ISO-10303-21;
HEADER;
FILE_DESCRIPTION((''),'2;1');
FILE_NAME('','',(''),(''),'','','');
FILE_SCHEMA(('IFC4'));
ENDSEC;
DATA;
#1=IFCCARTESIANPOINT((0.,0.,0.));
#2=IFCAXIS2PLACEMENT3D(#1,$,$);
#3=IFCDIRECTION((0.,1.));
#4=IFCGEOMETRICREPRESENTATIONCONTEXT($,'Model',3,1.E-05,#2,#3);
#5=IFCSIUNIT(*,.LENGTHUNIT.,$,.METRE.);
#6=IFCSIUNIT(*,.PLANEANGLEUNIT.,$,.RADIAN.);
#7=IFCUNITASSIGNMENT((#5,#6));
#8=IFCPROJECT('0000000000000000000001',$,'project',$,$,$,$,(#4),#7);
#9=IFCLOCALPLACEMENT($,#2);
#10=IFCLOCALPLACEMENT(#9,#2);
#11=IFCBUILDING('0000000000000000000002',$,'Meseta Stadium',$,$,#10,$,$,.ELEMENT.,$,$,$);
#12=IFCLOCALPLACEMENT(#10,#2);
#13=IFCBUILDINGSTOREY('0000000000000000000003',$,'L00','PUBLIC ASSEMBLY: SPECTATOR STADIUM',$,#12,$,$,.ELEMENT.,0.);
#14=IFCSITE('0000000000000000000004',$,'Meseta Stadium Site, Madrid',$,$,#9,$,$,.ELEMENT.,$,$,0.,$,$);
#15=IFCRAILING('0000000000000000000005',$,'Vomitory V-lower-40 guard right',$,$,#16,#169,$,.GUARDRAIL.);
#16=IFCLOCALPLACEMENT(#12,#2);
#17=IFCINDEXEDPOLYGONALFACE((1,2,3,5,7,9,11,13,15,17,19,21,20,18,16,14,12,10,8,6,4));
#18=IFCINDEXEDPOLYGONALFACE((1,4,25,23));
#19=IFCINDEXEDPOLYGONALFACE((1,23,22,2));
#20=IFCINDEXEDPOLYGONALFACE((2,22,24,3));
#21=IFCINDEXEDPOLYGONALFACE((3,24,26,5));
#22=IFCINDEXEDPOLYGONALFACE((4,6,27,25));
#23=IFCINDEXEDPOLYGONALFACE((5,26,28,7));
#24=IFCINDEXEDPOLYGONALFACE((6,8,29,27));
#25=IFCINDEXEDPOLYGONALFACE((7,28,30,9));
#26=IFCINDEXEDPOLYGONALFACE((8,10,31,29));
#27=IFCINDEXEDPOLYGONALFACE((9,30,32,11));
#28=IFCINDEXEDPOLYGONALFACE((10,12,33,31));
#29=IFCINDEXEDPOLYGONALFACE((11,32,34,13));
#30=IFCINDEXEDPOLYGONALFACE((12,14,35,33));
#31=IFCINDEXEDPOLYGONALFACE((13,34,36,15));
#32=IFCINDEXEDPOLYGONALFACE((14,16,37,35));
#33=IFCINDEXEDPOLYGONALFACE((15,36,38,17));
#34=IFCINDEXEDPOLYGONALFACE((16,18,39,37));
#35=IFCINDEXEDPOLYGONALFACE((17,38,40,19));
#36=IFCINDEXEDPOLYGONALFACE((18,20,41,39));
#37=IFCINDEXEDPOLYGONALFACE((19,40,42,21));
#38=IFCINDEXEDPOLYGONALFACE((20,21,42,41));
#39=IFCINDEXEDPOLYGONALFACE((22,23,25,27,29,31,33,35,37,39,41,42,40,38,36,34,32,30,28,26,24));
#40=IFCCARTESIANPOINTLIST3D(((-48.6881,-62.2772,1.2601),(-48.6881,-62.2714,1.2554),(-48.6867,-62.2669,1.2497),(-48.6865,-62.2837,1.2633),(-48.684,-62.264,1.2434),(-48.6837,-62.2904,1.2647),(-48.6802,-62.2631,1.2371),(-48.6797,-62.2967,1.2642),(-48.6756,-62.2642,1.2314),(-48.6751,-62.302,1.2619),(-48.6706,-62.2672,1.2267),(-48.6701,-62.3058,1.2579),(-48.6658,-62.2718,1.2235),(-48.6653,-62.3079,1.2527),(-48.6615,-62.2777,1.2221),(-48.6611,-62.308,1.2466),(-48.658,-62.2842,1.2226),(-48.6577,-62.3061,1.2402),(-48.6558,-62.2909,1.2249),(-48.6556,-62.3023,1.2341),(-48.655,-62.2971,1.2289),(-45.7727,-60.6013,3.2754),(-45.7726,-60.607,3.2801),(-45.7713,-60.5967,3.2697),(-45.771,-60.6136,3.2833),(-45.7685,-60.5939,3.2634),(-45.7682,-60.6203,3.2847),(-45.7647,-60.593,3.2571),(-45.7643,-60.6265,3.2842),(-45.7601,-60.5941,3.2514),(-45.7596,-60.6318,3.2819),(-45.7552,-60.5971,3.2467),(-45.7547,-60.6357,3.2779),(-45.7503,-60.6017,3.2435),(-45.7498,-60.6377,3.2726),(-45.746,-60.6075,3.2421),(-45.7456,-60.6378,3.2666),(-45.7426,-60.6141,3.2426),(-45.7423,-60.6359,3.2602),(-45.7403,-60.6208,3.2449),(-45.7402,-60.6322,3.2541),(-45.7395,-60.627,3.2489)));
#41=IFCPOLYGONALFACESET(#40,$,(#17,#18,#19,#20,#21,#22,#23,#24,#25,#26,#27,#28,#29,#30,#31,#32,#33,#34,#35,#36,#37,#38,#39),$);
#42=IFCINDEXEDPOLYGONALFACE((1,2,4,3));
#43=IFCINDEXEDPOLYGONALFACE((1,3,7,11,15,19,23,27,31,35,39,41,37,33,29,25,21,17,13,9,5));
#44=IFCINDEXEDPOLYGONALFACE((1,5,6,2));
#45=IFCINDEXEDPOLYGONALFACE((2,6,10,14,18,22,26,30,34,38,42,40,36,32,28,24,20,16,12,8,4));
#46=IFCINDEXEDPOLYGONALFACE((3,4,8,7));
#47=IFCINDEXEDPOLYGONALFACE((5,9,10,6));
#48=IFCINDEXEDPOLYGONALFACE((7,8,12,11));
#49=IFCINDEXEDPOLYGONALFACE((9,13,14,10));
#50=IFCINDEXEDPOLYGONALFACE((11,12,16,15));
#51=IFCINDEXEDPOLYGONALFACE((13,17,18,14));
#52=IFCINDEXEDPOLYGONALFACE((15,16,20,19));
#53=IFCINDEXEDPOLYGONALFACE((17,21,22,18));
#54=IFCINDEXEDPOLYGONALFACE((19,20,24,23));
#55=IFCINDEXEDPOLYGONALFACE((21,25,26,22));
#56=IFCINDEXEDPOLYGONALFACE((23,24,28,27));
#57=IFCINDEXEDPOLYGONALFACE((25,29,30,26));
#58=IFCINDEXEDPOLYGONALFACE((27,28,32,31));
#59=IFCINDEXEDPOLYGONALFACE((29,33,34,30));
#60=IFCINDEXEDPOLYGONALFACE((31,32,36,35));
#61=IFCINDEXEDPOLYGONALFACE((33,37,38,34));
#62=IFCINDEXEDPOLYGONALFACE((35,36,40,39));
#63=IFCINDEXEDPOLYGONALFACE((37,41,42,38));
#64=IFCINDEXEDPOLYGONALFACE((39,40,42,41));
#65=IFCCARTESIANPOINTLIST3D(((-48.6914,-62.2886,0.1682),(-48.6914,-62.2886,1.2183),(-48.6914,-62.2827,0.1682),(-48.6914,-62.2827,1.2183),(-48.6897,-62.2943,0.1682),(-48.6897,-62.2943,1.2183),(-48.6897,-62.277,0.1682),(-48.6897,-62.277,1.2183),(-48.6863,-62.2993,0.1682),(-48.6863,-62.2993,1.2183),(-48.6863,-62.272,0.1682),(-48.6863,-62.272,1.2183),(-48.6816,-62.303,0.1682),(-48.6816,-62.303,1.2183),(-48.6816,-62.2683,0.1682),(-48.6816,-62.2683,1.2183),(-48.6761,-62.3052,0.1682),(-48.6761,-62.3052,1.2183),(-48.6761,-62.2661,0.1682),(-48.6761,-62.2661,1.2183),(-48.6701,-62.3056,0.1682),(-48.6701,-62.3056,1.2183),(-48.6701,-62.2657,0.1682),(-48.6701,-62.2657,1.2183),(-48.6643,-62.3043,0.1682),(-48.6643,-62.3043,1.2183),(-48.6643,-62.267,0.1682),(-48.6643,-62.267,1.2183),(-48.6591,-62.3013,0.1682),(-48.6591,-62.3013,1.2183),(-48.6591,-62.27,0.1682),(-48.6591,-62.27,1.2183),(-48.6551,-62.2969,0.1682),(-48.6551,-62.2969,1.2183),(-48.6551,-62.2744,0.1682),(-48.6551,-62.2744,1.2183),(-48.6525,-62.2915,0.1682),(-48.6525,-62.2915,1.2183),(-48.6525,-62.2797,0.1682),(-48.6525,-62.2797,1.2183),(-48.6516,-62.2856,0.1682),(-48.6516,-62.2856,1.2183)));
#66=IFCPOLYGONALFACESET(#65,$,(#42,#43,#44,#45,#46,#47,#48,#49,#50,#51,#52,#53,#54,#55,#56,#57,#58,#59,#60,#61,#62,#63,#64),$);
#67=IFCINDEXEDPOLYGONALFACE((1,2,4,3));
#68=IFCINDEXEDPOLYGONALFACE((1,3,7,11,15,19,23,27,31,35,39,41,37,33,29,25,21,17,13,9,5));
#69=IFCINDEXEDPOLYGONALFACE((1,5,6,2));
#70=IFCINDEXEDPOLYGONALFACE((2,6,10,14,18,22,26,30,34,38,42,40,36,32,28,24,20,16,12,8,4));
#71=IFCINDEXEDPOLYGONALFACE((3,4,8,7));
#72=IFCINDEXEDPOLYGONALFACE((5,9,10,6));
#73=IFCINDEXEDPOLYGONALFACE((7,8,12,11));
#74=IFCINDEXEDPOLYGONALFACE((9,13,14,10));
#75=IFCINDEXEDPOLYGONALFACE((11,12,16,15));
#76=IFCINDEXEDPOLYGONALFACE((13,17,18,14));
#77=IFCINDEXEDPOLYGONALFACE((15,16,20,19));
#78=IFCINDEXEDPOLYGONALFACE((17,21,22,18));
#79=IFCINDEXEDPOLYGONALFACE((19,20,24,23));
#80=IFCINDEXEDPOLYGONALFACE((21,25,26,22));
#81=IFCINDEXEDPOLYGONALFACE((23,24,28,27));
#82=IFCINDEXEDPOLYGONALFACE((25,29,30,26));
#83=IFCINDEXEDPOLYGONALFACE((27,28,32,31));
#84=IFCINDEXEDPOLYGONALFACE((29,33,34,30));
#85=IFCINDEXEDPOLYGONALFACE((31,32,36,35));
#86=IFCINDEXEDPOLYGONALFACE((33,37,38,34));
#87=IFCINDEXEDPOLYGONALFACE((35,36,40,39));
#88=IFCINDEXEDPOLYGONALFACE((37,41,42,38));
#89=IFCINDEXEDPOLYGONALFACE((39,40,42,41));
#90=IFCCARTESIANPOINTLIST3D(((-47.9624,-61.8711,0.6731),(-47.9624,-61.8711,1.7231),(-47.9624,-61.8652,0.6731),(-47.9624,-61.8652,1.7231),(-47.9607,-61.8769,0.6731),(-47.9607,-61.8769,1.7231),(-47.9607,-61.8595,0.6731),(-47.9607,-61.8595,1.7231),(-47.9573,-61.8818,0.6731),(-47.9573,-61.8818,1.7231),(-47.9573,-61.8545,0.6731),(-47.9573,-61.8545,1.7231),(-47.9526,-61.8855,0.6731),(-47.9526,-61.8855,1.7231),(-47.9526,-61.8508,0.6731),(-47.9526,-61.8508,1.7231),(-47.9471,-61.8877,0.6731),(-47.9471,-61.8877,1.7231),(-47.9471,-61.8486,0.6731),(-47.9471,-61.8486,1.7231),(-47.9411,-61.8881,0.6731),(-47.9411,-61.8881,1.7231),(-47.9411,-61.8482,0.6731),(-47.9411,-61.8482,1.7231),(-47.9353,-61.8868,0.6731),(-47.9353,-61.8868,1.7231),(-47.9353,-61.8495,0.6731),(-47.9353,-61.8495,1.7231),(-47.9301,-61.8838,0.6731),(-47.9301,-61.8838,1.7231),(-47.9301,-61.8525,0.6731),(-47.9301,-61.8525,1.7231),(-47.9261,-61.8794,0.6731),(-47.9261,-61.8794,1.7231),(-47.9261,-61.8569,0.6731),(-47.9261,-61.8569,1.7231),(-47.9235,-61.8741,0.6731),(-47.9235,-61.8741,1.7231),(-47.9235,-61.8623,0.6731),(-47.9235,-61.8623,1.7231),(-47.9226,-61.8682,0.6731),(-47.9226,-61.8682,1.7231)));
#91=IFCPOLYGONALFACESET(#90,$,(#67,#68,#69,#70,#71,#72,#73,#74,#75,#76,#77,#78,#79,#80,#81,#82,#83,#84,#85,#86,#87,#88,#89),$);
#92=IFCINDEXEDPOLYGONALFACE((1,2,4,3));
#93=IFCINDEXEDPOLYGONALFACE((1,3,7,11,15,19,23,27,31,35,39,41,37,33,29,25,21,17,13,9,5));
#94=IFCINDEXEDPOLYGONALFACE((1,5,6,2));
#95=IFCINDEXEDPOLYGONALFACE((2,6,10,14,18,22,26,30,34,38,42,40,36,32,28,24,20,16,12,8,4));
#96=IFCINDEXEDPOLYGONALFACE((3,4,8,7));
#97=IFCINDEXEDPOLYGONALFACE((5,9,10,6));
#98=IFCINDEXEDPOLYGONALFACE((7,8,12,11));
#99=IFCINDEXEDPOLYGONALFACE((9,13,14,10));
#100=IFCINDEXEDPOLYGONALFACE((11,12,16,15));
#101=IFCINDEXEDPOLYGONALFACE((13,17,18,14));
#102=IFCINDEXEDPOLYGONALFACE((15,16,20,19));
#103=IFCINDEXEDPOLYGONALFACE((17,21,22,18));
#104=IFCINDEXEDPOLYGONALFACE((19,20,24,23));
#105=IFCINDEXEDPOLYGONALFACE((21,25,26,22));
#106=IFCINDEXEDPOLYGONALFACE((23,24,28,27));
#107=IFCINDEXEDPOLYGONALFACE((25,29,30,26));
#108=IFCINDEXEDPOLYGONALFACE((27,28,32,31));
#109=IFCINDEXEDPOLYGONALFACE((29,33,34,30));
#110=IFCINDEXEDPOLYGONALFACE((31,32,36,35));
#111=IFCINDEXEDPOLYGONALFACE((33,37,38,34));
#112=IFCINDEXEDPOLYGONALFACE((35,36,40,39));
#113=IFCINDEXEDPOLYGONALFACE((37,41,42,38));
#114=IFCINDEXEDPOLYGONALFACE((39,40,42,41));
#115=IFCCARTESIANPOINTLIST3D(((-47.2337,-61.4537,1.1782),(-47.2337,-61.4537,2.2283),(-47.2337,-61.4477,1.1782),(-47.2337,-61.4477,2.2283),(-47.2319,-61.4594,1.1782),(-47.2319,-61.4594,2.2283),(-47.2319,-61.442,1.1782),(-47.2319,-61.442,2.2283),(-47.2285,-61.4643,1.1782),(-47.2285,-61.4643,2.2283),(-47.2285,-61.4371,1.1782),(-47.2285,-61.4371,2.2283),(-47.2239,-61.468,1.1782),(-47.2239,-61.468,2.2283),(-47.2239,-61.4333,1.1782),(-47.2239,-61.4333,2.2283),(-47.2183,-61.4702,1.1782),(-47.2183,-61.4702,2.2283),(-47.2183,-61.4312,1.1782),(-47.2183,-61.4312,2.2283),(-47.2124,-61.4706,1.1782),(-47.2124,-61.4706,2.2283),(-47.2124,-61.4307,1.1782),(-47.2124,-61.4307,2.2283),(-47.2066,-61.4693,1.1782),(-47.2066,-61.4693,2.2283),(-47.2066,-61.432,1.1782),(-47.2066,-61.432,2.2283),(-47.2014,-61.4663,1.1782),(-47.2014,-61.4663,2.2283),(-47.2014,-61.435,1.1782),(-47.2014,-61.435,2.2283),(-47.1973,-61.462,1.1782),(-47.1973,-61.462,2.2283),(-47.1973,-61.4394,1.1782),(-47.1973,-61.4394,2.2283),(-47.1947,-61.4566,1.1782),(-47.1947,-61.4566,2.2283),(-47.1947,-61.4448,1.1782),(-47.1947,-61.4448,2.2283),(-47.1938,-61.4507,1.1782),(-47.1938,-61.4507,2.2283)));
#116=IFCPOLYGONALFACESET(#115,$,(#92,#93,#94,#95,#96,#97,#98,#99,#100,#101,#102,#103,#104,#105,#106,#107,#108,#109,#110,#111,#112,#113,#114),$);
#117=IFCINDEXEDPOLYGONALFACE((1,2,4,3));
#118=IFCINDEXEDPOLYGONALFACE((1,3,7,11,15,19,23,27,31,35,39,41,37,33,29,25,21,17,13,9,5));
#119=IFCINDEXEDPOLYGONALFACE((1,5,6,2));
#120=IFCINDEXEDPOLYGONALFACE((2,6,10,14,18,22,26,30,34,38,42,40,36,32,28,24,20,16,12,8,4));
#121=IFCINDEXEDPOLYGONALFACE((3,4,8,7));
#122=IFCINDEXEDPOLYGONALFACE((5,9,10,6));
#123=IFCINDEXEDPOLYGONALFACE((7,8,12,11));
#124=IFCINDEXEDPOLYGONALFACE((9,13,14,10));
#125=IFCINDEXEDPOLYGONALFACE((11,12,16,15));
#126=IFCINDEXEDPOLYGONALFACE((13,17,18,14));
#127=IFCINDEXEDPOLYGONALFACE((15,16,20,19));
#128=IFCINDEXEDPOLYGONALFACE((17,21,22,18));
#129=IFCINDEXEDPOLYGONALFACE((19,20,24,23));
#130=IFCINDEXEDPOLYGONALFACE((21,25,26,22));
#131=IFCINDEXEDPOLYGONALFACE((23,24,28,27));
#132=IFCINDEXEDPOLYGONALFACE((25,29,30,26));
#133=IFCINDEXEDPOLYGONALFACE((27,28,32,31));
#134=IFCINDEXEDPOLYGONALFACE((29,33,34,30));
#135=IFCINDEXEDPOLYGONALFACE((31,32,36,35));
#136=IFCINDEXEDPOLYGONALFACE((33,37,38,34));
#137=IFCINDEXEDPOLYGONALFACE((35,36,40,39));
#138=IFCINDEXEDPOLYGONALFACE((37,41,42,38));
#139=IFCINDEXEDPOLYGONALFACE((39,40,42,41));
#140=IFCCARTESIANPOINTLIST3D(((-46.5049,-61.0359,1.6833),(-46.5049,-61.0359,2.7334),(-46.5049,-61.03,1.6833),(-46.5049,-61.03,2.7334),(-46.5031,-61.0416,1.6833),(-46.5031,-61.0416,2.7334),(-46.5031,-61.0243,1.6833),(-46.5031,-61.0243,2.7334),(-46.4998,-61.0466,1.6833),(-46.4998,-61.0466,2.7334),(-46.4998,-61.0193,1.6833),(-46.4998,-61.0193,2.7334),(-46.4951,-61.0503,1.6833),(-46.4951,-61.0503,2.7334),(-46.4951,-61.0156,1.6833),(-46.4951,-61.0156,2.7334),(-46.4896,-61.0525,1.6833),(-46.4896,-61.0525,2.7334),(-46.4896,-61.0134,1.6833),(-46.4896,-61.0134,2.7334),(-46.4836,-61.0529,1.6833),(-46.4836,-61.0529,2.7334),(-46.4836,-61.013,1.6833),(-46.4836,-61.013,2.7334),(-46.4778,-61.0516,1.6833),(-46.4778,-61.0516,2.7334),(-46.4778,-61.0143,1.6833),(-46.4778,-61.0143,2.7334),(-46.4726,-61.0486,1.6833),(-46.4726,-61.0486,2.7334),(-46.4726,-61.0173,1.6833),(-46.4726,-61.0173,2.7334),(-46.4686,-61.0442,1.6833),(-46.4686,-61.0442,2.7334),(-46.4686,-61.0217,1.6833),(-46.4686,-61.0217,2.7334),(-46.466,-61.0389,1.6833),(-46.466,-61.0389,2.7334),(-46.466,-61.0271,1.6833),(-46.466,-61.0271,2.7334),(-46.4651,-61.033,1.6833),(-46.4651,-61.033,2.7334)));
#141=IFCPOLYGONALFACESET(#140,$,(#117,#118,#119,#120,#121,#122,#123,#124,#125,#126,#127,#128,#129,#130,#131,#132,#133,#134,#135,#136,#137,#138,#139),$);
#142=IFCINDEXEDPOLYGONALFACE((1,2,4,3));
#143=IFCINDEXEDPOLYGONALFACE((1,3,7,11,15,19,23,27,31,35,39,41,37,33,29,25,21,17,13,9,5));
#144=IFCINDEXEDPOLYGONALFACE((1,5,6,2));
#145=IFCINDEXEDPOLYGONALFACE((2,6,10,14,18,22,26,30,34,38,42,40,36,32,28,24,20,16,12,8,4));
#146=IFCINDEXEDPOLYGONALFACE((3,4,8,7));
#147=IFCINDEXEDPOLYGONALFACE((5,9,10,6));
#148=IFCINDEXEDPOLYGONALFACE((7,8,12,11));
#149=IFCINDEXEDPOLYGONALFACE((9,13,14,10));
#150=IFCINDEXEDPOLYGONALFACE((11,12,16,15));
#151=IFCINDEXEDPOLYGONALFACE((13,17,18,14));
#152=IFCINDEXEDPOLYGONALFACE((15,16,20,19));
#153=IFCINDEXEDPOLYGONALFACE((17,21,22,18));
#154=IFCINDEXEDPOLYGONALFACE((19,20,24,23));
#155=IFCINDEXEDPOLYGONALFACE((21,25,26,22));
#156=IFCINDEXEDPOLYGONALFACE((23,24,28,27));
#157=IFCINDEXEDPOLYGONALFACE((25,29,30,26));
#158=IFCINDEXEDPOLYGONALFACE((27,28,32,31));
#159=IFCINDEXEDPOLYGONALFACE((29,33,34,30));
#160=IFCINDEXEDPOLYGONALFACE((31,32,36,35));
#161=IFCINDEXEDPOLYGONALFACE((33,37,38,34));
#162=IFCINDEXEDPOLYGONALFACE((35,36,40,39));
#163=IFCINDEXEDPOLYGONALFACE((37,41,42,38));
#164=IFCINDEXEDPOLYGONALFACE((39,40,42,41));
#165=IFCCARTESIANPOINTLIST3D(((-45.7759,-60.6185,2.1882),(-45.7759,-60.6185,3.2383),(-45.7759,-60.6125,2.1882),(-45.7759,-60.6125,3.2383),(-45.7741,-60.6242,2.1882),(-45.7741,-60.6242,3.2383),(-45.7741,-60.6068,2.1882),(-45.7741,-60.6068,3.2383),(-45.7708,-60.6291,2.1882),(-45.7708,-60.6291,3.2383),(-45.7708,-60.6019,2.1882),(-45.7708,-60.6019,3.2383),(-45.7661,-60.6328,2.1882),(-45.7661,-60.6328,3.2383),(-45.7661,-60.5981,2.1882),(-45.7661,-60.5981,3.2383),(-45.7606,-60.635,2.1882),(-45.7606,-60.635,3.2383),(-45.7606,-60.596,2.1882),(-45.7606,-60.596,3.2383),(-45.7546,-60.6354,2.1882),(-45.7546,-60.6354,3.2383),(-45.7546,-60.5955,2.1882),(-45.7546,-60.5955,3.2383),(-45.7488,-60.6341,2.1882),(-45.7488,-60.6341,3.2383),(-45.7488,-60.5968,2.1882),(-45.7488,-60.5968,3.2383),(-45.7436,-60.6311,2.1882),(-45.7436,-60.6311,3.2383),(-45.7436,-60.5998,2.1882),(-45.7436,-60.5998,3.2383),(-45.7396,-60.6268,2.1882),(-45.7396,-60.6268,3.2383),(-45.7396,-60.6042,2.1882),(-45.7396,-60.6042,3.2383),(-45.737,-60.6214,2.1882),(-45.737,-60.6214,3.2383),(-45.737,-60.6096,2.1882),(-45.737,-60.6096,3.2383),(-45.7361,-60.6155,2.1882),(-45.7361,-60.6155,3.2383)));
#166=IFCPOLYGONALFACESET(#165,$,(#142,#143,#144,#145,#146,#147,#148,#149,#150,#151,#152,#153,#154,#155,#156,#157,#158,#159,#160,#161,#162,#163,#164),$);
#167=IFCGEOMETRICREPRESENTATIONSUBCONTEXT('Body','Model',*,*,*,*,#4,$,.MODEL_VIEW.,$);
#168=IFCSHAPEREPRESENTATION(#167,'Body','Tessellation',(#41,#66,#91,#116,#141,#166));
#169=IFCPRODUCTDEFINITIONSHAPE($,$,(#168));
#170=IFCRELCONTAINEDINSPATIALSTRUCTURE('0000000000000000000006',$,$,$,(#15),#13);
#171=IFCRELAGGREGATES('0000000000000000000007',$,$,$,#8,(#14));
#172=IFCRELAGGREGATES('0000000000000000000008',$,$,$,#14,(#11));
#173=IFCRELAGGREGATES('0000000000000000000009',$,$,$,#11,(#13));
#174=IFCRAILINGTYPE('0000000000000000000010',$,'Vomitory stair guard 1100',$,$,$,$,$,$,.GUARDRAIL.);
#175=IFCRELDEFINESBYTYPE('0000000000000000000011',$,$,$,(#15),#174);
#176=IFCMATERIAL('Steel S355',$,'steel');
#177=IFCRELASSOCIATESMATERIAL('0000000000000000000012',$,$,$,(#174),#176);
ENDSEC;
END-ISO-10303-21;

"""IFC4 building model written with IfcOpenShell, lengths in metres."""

from ifc_helpers import new_model, si_unit, direction, frame, origin, origin_2d, place, context, subcontext, project, spatial, circle, extrude, material, type_object, element, save


model = new_model("IFC4")

# Units and contexts
model_context = context("Model", 3, precision=1e-05, world=origin(), true_north=direction((0.0, 1.0)))
body_context = subcontext(model_context, "Body", "Model", "MODEL_VIEW")
ifc_project = project(units=[si_unit("LENGTHUNIT", "METRE"), si_unit("PLANEANGLEUNIT", "RADIAN")], contexts=[model_context])

# Site, building, storey
site_placement = place(None, origin())
site = spatial("IfcSite", under=ifc_project, at=site_placement, Name="Meseta Stadium Site, Madrid", CompositionType="ELEMENT", RefElevation=0.0)
building_placement = place(site_placement, origin())
building = spatial("IfcBuilding", under=site, at=building_placement, Name="Meseta Stadium", CompositionType="ELEMENT")
storey_placement = place(building_placement, origin())
storey = spatial("IfcBuildingStorey", under=building, at=storey_placement, Name="L00", Description="PUBLIC ASSEMBLY: SPECTATOR STADIUM", CompositionType="ELEMENT", Elevation=0.0)

# Railing
ifc_material_1 = material(Name="Steel S355", Category="steel")
railing_type_1 = type_object("IfcRailingType", Name="Vomitory stair guard 1100", PredefinedType="GUARDRAIL", material=ifc_material_1)
for number, where, name in (
    (1, (-48.6716, -62.2856, 0.1682), "Vomitory V-lower-40 guard right"),
):
    element("IfcRailing", number, at=place(storey_placement, frame(where)), inside=storey, type_object=railing_type_1, Name=name, PredefinedType="GUARDRAIL", context=body_context, shape_type="SweptSolid", body=[
        extrude(circle(Radius=0.0249, at=origin_2d()), frame((0.0, 0.0, 1.0752), z_axis=(0.743664, 0.42601, 0.515247), x_axis=(-0.49707, 0.867711, 0.0)), (0.0, 0.0, 1.0), 3.9204),
        extrude(circle(Radius=0.02, at=origin_2d()), origin(), (0.0, 0.0, 1.0), 1.05),
        extrude(circle(Radius=0.02, at=origin_2d()), frame((0.729, 0.4175, 0.5049)), (0.0, 0.0, 1.0), 1.05),
        extrude(circle(Radius=0.02, at=origin_2d()), frame((1.4578, 0.835, 1.01)), (0.0, 0.0, 1.0), 1.05),
        extrude(circle(Radius=0.02, at=origin_2d()), frame((2.1865, 1.2527, 1.5151)), (0.0, 0.0, 1.0), 1.05),
        extrude(circle(Radius=0.02, at=origin_2d()), frame((2.9155, 1.6702, 2.02)), (0.0, 0.0, 1.0), 1.05),
    ])

save(model, "model.ifc")
